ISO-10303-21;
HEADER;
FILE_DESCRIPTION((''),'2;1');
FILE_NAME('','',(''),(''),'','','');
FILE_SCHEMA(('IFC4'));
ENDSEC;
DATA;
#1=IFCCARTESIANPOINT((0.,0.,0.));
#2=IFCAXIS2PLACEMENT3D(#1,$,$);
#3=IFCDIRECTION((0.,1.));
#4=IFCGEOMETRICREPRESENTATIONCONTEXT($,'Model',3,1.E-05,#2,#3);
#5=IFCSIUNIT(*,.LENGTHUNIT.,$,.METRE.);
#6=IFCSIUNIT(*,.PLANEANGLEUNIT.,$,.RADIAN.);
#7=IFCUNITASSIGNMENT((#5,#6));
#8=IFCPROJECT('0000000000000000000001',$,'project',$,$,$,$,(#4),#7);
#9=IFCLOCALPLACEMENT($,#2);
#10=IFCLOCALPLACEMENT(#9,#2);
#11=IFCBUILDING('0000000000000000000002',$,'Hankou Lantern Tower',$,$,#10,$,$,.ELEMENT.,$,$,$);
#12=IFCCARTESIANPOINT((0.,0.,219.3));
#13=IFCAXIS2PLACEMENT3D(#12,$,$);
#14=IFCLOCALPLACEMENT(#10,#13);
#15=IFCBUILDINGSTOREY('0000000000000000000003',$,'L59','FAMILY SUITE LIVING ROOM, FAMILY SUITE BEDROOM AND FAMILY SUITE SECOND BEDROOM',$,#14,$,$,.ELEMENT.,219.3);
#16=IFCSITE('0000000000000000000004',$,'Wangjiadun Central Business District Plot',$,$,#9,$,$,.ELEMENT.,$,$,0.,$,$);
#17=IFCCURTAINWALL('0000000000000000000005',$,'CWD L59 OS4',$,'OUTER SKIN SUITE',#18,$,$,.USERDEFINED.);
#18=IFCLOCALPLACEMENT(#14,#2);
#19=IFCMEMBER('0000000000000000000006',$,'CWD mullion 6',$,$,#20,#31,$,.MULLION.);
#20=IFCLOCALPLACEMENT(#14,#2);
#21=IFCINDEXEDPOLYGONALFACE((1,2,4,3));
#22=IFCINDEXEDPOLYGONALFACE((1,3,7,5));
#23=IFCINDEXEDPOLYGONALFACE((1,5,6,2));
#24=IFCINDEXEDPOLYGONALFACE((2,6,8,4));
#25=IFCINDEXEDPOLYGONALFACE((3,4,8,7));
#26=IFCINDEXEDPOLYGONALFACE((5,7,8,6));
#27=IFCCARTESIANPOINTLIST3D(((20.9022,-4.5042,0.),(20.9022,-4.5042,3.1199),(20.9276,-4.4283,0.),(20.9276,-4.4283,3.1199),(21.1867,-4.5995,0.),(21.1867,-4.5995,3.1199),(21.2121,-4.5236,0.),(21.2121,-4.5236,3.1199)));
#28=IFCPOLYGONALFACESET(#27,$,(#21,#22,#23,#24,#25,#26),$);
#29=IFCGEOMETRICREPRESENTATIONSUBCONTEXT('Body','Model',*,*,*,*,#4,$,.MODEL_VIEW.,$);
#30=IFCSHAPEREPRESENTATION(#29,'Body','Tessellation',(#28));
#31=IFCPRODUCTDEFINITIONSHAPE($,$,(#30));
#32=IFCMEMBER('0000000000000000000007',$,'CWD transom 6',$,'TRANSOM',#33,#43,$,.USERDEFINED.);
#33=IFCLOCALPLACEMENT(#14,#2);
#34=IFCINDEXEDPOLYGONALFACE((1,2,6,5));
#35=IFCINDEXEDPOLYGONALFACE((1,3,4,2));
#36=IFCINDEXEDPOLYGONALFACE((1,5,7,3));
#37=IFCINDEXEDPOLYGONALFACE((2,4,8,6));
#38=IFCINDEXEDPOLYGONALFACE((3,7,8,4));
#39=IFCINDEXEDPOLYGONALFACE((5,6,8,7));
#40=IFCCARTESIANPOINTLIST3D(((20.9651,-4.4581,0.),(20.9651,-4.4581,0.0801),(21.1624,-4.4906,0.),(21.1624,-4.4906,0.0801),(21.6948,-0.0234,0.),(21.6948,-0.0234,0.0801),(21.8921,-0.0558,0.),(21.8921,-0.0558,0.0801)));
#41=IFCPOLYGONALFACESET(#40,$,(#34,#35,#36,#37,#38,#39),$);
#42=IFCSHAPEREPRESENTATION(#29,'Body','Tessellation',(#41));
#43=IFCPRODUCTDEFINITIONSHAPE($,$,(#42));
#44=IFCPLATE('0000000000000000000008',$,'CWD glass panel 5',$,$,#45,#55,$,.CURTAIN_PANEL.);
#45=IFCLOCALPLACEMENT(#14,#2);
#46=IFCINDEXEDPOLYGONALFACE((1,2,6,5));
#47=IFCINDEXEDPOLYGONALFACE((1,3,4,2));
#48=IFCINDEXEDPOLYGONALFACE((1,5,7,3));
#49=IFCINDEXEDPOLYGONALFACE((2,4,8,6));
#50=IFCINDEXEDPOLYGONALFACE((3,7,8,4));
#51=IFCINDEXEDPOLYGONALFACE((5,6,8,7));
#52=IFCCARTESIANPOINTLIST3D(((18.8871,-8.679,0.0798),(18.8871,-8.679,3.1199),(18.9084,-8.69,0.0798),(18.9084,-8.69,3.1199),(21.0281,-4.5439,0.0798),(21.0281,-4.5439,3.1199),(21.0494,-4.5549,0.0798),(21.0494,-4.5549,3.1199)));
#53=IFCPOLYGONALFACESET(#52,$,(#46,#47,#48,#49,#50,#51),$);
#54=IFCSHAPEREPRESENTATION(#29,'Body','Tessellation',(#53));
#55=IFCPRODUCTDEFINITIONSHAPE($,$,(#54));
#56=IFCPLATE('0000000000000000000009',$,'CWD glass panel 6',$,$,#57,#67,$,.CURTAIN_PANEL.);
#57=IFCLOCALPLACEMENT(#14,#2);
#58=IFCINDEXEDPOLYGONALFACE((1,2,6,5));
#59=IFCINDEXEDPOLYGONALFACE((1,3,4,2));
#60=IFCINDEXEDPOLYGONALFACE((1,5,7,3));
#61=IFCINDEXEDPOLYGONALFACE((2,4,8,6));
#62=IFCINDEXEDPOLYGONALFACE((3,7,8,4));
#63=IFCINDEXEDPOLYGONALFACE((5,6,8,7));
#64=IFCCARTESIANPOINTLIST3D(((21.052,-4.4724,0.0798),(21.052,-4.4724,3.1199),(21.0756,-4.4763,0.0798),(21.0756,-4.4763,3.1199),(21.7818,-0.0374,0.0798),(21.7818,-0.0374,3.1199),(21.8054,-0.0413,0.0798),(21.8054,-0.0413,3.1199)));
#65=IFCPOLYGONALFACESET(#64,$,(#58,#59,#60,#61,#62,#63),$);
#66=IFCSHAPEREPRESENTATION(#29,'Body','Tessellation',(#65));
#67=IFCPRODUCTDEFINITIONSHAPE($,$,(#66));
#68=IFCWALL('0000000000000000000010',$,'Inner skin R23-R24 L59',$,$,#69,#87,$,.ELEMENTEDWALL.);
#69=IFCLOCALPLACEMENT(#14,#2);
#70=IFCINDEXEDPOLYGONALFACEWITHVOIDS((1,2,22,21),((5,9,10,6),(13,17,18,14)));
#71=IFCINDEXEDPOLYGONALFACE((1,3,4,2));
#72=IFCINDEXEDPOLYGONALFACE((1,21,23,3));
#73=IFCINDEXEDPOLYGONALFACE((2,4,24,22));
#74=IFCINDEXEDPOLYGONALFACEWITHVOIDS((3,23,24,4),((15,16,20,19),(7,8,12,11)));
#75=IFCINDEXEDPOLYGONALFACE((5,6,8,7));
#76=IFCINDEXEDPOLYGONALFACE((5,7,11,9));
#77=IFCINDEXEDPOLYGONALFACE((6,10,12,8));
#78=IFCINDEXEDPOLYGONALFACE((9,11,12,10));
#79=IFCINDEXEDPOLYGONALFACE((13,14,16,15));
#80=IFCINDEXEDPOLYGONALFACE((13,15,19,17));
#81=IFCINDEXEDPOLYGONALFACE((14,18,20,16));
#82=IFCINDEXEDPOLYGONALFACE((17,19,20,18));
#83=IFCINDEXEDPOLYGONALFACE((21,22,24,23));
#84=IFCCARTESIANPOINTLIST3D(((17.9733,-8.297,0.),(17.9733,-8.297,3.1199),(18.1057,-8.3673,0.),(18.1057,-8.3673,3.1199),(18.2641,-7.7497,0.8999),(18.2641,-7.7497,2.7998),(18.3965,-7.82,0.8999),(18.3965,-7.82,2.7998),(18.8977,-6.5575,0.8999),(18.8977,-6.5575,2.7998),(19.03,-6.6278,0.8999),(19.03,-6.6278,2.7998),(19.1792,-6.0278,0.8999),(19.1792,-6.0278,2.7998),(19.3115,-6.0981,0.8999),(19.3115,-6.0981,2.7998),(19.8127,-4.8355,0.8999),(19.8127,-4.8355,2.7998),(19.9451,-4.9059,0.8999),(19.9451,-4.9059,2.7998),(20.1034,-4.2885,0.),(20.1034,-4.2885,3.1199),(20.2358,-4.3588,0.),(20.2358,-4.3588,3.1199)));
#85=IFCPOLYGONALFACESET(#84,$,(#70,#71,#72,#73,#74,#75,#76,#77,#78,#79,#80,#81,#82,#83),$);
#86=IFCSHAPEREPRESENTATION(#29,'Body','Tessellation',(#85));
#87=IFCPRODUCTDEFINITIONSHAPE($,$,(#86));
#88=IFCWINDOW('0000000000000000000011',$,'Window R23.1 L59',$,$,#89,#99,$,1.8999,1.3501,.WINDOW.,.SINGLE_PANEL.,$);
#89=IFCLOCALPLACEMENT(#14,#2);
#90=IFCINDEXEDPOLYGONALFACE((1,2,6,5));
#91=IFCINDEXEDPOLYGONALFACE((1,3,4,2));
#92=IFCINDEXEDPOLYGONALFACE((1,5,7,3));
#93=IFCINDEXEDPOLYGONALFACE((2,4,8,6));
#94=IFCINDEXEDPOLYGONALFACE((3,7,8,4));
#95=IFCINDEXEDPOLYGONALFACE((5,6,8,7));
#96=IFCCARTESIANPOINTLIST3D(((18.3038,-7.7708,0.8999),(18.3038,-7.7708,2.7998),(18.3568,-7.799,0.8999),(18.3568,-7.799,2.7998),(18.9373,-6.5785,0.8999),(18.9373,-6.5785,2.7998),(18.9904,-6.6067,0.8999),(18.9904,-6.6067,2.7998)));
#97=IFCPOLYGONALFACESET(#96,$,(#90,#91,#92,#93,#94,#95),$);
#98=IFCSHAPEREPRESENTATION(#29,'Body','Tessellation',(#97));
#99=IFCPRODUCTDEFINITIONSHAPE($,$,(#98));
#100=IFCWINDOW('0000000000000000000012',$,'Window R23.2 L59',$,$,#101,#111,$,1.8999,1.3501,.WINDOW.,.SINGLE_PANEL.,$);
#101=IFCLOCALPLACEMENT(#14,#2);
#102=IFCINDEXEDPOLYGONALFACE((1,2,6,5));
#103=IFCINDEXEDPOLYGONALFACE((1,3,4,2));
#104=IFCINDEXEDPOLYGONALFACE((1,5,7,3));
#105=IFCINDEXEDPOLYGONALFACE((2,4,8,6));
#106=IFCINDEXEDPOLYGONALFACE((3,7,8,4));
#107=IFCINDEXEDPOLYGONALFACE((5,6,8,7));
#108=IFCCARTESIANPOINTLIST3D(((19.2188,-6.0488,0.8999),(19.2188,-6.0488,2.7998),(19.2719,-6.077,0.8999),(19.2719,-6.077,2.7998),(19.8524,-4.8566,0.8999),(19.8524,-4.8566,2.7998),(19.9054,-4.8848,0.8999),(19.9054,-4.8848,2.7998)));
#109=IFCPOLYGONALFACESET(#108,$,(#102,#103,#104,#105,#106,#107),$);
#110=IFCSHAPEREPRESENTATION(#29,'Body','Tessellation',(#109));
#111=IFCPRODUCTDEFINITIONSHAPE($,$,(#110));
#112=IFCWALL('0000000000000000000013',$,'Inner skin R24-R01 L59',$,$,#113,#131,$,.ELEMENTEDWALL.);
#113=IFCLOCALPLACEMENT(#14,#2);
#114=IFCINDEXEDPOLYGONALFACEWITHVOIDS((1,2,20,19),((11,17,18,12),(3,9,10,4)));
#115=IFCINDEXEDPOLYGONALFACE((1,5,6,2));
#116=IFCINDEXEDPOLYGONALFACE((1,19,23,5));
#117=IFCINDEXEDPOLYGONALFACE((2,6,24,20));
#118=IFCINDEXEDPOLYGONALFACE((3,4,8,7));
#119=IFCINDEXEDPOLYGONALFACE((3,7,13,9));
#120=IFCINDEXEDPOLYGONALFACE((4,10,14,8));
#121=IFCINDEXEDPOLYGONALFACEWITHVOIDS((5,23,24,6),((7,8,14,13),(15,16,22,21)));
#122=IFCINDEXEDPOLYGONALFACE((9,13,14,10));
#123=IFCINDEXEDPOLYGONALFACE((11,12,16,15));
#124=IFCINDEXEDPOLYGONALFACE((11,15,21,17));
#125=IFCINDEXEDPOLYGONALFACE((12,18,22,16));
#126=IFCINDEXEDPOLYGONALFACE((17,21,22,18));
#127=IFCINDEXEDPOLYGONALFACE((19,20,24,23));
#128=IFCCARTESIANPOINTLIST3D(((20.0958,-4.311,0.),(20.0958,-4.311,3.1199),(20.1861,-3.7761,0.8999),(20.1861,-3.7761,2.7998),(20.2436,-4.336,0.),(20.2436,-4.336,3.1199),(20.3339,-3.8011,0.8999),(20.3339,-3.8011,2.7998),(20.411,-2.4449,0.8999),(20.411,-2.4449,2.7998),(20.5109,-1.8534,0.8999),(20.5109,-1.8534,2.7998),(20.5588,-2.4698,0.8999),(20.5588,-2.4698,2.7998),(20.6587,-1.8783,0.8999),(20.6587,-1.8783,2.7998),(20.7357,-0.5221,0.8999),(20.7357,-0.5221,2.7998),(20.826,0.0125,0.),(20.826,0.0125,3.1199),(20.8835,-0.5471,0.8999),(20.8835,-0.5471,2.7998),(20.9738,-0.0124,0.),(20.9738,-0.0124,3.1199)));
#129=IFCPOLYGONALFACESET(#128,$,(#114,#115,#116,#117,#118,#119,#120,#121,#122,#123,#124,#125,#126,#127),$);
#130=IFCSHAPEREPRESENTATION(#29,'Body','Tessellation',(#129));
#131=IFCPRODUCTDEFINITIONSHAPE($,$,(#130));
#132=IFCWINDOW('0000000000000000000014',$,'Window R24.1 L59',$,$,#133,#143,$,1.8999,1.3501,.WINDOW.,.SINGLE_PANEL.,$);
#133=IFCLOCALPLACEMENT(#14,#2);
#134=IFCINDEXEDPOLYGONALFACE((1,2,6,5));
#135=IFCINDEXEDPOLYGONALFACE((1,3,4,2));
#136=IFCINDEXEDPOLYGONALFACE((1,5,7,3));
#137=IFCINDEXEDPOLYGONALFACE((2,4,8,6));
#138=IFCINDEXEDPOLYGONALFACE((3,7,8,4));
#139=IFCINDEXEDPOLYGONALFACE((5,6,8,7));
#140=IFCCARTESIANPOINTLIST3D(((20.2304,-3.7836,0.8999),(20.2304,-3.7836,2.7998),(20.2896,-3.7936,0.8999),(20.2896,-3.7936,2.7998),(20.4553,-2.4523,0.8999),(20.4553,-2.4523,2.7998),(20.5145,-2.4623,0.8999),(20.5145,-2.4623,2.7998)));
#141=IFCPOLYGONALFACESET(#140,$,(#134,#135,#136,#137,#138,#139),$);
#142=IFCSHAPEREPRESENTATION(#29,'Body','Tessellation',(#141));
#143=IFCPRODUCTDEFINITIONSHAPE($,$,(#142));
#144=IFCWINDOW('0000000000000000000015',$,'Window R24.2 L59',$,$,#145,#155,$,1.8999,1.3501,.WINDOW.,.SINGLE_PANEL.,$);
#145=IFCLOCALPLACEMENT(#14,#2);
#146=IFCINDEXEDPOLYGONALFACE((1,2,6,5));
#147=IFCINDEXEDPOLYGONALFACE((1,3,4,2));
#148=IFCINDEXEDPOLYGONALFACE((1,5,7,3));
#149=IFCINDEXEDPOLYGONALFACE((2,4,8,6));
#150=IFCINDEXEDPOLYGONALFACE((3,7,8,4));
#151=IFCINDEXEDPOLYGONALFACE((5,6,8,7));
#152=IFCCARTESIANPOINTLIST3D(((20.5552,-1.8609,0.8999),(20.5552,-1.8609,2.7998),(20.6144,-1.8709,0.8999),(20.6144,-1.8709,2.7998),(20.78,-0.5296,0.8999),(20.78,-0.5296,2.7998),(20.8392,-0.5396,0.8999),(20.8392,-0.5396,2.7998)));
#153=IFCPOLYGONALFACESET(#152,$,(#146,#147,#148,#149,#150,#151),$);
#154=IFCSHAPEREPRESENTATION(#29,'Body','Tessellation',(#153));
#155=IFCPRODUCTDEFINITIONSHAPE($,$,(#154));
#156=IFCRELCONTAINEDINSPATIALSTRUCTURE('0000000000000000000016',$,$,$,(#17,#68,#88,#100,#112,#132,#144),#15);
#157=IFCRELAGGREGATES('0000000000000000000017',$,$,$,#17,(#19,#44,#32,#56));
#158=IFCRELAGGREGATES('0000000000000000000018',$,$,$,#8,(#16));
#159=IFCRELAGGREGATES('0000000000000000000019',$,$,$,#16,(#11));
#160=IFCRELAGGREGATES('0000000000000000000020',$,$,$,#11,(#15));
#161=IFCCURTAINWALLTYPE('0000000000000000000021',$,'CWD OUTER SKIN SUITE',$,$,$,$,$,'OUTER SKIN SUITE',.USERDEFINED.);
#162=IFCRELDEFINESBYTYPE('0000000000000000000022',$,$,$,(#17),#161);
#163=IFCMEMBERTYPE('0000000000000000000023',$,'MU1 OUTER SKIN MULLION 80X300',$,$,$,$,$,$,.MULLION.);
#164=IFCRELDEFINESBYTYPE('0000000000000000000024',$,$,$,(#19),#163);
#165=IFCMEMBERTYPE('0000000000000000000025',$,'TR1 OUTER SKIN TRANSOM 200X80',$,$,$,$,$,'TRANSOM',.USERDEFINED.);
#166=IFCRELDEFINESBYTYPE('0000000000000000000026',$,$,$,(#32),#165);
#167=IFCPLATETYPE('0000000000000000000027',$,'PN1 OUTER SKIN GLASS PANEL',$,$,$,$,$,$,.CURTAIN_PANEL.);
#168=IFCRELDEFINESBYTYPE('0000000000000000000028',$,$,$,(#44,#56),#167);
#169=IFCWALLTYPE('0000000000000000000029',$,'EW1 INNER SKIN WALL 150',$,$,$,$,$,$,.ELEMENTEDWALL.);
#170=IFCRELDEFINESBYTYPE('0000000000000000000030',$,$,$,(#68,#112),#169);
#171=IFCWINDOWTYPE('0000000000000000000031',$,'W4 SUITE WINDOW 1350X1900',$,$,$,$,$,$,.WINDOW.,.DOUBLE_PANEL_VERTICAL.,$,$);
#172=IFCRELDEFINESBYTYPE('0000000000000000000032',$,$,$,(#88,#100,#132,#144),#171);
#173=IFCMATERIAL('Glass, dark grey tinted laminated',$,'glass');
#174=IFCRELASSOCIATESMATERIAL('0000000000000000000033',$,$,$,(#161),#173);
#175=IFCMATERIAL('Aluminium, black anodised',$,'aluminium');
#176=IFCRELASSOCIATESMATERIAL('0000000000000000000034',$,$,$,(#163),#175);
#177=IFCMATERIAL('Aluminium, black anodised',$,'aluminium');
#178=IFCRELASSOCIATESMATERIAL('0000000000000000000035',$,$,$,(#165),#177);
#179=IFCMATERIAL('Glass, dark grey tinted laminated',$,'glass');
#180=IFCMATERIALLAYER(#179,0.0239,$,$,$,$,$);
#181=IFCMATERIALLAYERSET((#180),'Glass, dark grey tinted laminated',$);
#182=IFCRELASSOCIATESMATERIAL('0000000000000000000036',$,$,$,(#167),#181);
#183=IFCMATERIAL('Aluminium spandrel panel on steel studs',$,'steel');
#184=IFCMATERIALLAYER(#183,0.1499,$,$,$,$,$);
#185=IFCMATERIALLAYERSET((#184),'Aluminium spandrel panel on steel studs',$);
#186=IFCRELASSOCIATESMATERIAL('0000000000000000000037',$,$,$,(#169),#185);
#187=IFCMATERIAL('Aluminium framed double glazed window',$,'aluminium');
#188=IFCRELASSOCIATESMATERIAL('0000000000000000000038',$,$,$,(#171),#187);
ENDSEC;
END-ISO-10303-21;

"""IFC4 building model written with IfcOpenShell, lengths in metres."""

from ifc_helpers import new_model, si_unit, direction, frame, frame_2d, origin, origin_2d, place, context, subcontext, project, spatial, rectangle, extrude, material, layer, layer_set, material_profile, profile_set, type_object, element, fill, aggregate, save


model = new_model("IFC4")

# Units and contexts
model_context = context("Model", 3, precision=1e-05, world=origin(), true_north=direction((0.0, 1.0)))
body_context = subcontext(model_context, "Body", "Model", "MODEL_VIEW")
ifc_project = project(units=[si_unit("LENGTHUNIT", "METRE"), si_unit("PLANEANGLEUNIT", "RADIAN")], contexts=[model_context])

# Site, building, storey
site_placement = place(None, origin())
site = spatial("IfcSite", under=ifc_project, at=site_placement, Name="Wangjiadun Central Business District Plot", CompositionType="ELEMENT", RefElevation=0.0)
building_placement = place(site_placement, origin())
building = spatial("IfcBuilding", under=site, at=building_placement, Name="Hankou Lantern Tower", CompositionType="ELEMENT")
storey_placement = place(building_placement, frame((0.0, 0.0, 219.3)))
storey = spatial("IfcBuildingStorey", under=building, at=storey_placement, Name="L59", Description="FAMILY SUITE LIVING ROOM, FAMILY SUITE BEDROOM AND FAMILY SUITE SECOND BEDROOM", CompositionType="ELEMENT", Elevation=219.3)

# Curtain wall, members, plates
ifc_material_1 = material(Name="Glass, dark grey tinted laminated", Category="glass")
curtain_wall_type = type_object("IfcCurtainWallType", Name="CWD OUTER SKIN SUITE", ElementType="OUTER SKIN SUITE", PredefinedType="USERDEFINED", material=ifc_material_1)
curtain_wall_placement = place(storey_placement, origin())
curtain_wall = element("IfcCurtainWall", 1, at=curtain_wall_placement, inside=storey, type_object=curtain_wall_type, Name="CWD L59 OS4", ObjectType="OUTER SKIN SUITE", PredefinedType="USERDEFINED")
ifc_material_2 = material(Name="Aluminium, black anodised", Category="aluminium")
ifc_material_profile_1 = material_profile(ifc_material_2, rectangle(XDim=0.0801, YDim=0.3, at=origin_2d()), Name="MU1 80X300")
ifc_profile_set_1 = profile_set([ifc_material_profile_1], Name="Aluminium, black anodised")
member_type_1 = type_object("IfcMemberType", Name="MU1 OUTER SKIN MULLION 80X300", PredefinedType="MULLION", material=ifc_profile_set_1)
member_1_placement = place(storey_placement, frame((21.0571, -4.5139, 0.0), z_axis=(0.0, 0.0, 1.0), x_axis=(0.317596, 0.948226, 0.0)))
member_1 = element("IfcMember", 2, at=member_1_placement, type_object=member_type_1, Name="CWD mullion 6", PredefinedType="MULLION", context=body_context, shape_type="SweptSolid", body=[
    extrude(rectangle(XDim=0.0801, YDim=0.3, at=origin_2d()), origin(), (0.0, 0.0, 1.0), 3.1199),
])
ifc_material_3 = material(Name="Aluminium, black anodised", Category="aluminium")
ifc_material_profile_2 = material_profile(ifc_material_3, rectangle(XDim=0.2, YDim=0.0801, at=origin_2d()), Name="TR1 200X80")
ifc_profile_set_2 = profile_set([ifc_material_profile_2], Name="Aluminium, black anodised")
member_type_2 = type_object("IfcMemberType", Name="TR1 OUTER SKIN TRANSOM 200X80", ElementType="TRANSOM", PredefinedType="USERDEFINED", material=ifc_profile_set_2)
member_2_placement = place(storey_placement, frame((21.0637, -4.4744, 0.04), z_axis=(0.162364, 0.986731, 0.0), x_axis=(-0.986731, 0.162364, 0.0)))
member_2 = element("IfcMember", 3, at=member_2_placement, type_object=member_type_2, Name="CWD transom 6", ObjectType="TRANSOM", PredefinedType="USERDEFINED", context=body_context, shape_type="SweptSolid", body=[
    extrude(rectangle(XDim=0.2, YDim=0.0801, at=origin_2d()), origin(), (0.0, 0.0, 1.0), 4.4944),
])
ifc_material_4 = material(Name="Glass, dark grey tinted laminated", Category="glass")
ifc_layer_1 = layer(ifc_material_4, 0.0239)
ifc_layer_set_1 = layer_set([ifc_layer_1], Name="Glass, dark grey tinted laminated")
plate_type = type_object("IfcPlateType", Name="PN1 OUTER SKIN GLASS PANEL", PredefinedType="CURTAIN_PANEL", material=ifc_layer_set_1)
plate_1_placement = place(storey_placement, frame((19.9683, -6.6169, 0.0798), z_axis=(0.0, 0.0, 1.0), x_axis=(0.459791, 0.888027, 0.0)))
plate_1 = element("IfcPlate", 4, at=plate_1_placement, type_object=plate_type, Name="CWD glass panel 5", PredefinedType="CURTAIN_PANEL", context=body_context, shape_type="SweptSolid", body=[
    extrude(rectangle(XDim=4.6565, YDim=0.0239, at=origin_2d()), origin(), (0.0, 0.0, 1.0), 3.04),
])
plate_2_placement = place(storey_placement, frame((21.4287, -2.2568, 0.0798), z_axis=(0.0, 0.0, 1.0), x_axis=(0.162382, 0.986728, 0.0)))
plate_2 = element("IfcPlate", 5, at=plate_2_placement, type_object=plate_type, Name="CWD glass panel 6", PredefinedType="CURTAIN_PANEL", context=body_context, shape_type="SweptSolid", body=[
    extrude(rectangle(XDim=4.4946, YDim=0.0239, at=origin_2d()), origin(), (0.0, 0.0, 1.0), 3.04),
])
aggregate(curtain_wall, [member_1, plate_1, member_2, plate_2])

# Walls, openings, windows
ifc_material_5 = material(Name="Aluminium spandrel panel on steel studs", Category="steel")
ifc_layer_2 = layer(ifc_material_5, 0.1499)
ifc_layer_set_2 = layer_set([ifc_layer_2], Name="Aluminium spandrel panel on steel studs")
wall_type = type_object("IfcWallType", Name="EW1 INNER SKIN WALL 150", PredefinedType="ELEMENTEDWALL", material=ifc_layer_set_2)
wall_1_placement = place(storey_placement, frame((18.0396, -8.332, 0.0), z_axis=(0.0, 0.0, 1.0), x_axis=(0.469256, 0.883062, 0.0)))
wall_1 = element("IfcWall", 6, at=wall_1_placement, inside=storey, type_object=wall_type, Name="Inner skin R23-R24 L59", PredefinedType="ELEMENTEDWALL", context=body_context, shape_type="SweptSolid", body=[
    extrude(rectangle(XDim=4.5393, YDim=0.1499, at=frame_2d((2.2695, 0.0))), origin(), (0.0, 0.0, 1.0), 3.1199),
])
opening_1_placement = place(wall_1_placement, frame((0.6196, 0.0, 0.8999)))
opening_1 = element("IfcOpeningElement", 7, at=opening_1_placement, cuts=wall_1, PredefinedType="OPENING", context=body_context, shape_type="SweptSolid", body=[
    extrude(rectangle(XDim=1.3501, YDim=1.8999, at=frame_2d((0.675, 0.95))), frame((0.0, 0.085, 0.0), z_axis=(0.0, -1.0, 0.0), x_axis=(1.0, 0.0, 0.0)), (0.0, 0.0, 1.0), 0.1699),
])
opening_2_placement = place(wall_1_placement, frame((2.5696, 0.0, 0.8999)))
opening_2 = element("IfcOpeningElement", 8, at=opening_2_placement, cuts=wall_1, PredefinedType="OPENING", context=body_context, shape_type="SweptSolid", body=[
    extrude(rectangle(XDim=1.3501, YDim=1.8999, at=frame_2d((0.675, 0.95))), frame((0.0, 0.085, 0.0), z_axis=(0.0, -1.0, 0.0), x_axis=(1.0, 0.0, 0.0)), (0.0, 0.0, 1.0), 0.1699),
])
ifc_material_6 = material(Name="Aluminium framed double glazed window", Category="aluminium")
window_type = type_object("IfcWindowType", Name="W4 SUITE WINDOW 1350X1900", PartitioningType="DOUBLE_PANEL_VERTICAL", PredefinedType="WINDOW", material=ifc_material_6)
window_1_placement = place(opening_1_placement, origin())
window_1 = element("IfcWindow", 9, at=window_1_placement, inside=storey, type_object=window_type, Name="Window R23.1 L59", OverallHeight=1.8999, OverallWidth=1.3501, PartitioningType="SINGLE_PANEL", PredefinedType="WINDOW", context=body_context, shape_type="SweptSolid", body=[
    extrude(rectangle(XDim=1.3501, YDim=1.8999, at=frame_2d((0.675, 0.95))), frame((0.0, 0.03, 0.0), z_axis=(0.0, -1.0, 0.0), x_axis=(1.0, 0.0, 0.0)), (0.0, 0.0, 1.0), 0.0601),
])
fill(opening_1, window_1)
window_2_placement = place(opening_2_placement, origin())
window_2 = element("IfcWindow", 10, at=window_2_placement, inside=storey, type_object=window_type, Name="Window R23.2 L59", OverallHeight=1.8999, OverallWidth=1.3501, PartitioningType="SINGLE_PANEL", PredefinedType="WINDOW", context=body_context, shape_type="SweptSolid", body=[
    extrude(rectangle(XDim=1.3501, YDim=1.8999, at=frame_2d((0.675, 0.95))), frame((0.0, 0.03, 0.0), z_axis=(0.0, -1.0, 0.0), x_axis=(1.0, 0.0, 0.0)), (0.0, 0.0, 1.0), 0.0601),
])
fill(opening_2, window_2)
wall_2_placement = place(storey_placement, frame((20.1697, -4.3235, 0.0), z_axis=(0.0, 0.0, 1.0), x_axis=(0.166539, 0.986035, 0.0)))
wall_2 = element("IfcWall", 11, at=wall_2_placement, inside=storey, type_object=wall_type, Name="Inner skin R24-R01 L59", PredefinedType="ELEMENTEDWALL", context=body_context, shape_type="SweptSolid", body=[
    extrude(rectangle(XDim=4.3848, YDim=0.1499, at=frame_2d((2.1924, 0.0))), origin(), (0.0, 0.0, 1.0), 3.1199),
])
opening_3_placement = place(wall_2_placement, frame((0.5425, 0.0, 0.8999)))
opening_3 = element("IfcOpeningElement", 12, at=opening_3_placement, cuts=wall_2, PredefinedType="OPENING", context=body_context, shape_type="SweptSolid", body=[
    extrude(rectangle(XDim=1.3501, YDim=1.8999, at=frame_2d((0.675, 0.95))), frame((0.0, 0.085, 0.0), z_axis=(0.0, -1.0, 0.0), x_axis=(1.0, 0.0, 0.0)), (0.0, 0.0, 1.0), 0.1699),
])
opening_4_placement = place(wall_2_placement, frame((2.4924, 0.0, 0.8999)))
opening_4 = element("IfcOpeningElement", 13, at=opening_4_placement, cuts=wall_2, PredefinedType="OPENING", context=body_context, shape_type="SweptSolid", body=[
    extrude(rectangle(XDim=1.3501, YDim=1.8999, at=frame_2d((0.675, 0.95))), frame((0.0, 0.085, 0.0), z_axis=(0.0, -1.0, 0.0), x_axis=(1.0, 0.0, 0.0)), (0.0, 0.0, 1.0), 0.1699),
])
window_3_placement = place(opening_3_placement, origin())
window_3 = element("IfcWindow", 14, at=window_3_placement, inside=storey, type_object=window_type, Name="Window R24.1 L59", OverallHeight=1.8999, OverallWidth=1.3501, PartitioningType="SINGLE_PANEL", PredefinedType="WINDOW", context=body_context, shape_type="SweptSolid", body=[
    extrude(rectangle(XDim=1.3501, YDim=1.8999, at=frame_2d((0.675, 0.95))), frame((0.0, 0.03, 0.0), z_axis=(0.0, -1.0, 0.0), x_axis=(1.0, 0.0, 0.0)), (0.0, 0.0, 1.0), 0.0601),
])
fill(opening_3, window_3)
window_4_placement = place(opening_4_placement, origin())
window_4 = element("IfcWindow", 15, at=window_4_placement, inside=storey, type_object=window_type, Name="Window R24.2 L59", OverallHeight=1.8999, OverallWidth=1.3501, PartitioningType="SINGLE_PANEL", PredefinedType="WINDOW", context=body_context, shape_type="SweptSolid", body=[
    extrude(rectangle(XDim=1.3501, YDim=1.8999, at=frame_2d((0.675, 0.95))), frame((0.0, 0.03, 0.0), z_axis=(0.0, -1.0, 0.0), x_axis=(1.0, 0.0, 0.0)), (0.0, 0.0, 1.0), 0.0601),
])
fill(opening_4, window_4)

save(model, "model.ifc")
